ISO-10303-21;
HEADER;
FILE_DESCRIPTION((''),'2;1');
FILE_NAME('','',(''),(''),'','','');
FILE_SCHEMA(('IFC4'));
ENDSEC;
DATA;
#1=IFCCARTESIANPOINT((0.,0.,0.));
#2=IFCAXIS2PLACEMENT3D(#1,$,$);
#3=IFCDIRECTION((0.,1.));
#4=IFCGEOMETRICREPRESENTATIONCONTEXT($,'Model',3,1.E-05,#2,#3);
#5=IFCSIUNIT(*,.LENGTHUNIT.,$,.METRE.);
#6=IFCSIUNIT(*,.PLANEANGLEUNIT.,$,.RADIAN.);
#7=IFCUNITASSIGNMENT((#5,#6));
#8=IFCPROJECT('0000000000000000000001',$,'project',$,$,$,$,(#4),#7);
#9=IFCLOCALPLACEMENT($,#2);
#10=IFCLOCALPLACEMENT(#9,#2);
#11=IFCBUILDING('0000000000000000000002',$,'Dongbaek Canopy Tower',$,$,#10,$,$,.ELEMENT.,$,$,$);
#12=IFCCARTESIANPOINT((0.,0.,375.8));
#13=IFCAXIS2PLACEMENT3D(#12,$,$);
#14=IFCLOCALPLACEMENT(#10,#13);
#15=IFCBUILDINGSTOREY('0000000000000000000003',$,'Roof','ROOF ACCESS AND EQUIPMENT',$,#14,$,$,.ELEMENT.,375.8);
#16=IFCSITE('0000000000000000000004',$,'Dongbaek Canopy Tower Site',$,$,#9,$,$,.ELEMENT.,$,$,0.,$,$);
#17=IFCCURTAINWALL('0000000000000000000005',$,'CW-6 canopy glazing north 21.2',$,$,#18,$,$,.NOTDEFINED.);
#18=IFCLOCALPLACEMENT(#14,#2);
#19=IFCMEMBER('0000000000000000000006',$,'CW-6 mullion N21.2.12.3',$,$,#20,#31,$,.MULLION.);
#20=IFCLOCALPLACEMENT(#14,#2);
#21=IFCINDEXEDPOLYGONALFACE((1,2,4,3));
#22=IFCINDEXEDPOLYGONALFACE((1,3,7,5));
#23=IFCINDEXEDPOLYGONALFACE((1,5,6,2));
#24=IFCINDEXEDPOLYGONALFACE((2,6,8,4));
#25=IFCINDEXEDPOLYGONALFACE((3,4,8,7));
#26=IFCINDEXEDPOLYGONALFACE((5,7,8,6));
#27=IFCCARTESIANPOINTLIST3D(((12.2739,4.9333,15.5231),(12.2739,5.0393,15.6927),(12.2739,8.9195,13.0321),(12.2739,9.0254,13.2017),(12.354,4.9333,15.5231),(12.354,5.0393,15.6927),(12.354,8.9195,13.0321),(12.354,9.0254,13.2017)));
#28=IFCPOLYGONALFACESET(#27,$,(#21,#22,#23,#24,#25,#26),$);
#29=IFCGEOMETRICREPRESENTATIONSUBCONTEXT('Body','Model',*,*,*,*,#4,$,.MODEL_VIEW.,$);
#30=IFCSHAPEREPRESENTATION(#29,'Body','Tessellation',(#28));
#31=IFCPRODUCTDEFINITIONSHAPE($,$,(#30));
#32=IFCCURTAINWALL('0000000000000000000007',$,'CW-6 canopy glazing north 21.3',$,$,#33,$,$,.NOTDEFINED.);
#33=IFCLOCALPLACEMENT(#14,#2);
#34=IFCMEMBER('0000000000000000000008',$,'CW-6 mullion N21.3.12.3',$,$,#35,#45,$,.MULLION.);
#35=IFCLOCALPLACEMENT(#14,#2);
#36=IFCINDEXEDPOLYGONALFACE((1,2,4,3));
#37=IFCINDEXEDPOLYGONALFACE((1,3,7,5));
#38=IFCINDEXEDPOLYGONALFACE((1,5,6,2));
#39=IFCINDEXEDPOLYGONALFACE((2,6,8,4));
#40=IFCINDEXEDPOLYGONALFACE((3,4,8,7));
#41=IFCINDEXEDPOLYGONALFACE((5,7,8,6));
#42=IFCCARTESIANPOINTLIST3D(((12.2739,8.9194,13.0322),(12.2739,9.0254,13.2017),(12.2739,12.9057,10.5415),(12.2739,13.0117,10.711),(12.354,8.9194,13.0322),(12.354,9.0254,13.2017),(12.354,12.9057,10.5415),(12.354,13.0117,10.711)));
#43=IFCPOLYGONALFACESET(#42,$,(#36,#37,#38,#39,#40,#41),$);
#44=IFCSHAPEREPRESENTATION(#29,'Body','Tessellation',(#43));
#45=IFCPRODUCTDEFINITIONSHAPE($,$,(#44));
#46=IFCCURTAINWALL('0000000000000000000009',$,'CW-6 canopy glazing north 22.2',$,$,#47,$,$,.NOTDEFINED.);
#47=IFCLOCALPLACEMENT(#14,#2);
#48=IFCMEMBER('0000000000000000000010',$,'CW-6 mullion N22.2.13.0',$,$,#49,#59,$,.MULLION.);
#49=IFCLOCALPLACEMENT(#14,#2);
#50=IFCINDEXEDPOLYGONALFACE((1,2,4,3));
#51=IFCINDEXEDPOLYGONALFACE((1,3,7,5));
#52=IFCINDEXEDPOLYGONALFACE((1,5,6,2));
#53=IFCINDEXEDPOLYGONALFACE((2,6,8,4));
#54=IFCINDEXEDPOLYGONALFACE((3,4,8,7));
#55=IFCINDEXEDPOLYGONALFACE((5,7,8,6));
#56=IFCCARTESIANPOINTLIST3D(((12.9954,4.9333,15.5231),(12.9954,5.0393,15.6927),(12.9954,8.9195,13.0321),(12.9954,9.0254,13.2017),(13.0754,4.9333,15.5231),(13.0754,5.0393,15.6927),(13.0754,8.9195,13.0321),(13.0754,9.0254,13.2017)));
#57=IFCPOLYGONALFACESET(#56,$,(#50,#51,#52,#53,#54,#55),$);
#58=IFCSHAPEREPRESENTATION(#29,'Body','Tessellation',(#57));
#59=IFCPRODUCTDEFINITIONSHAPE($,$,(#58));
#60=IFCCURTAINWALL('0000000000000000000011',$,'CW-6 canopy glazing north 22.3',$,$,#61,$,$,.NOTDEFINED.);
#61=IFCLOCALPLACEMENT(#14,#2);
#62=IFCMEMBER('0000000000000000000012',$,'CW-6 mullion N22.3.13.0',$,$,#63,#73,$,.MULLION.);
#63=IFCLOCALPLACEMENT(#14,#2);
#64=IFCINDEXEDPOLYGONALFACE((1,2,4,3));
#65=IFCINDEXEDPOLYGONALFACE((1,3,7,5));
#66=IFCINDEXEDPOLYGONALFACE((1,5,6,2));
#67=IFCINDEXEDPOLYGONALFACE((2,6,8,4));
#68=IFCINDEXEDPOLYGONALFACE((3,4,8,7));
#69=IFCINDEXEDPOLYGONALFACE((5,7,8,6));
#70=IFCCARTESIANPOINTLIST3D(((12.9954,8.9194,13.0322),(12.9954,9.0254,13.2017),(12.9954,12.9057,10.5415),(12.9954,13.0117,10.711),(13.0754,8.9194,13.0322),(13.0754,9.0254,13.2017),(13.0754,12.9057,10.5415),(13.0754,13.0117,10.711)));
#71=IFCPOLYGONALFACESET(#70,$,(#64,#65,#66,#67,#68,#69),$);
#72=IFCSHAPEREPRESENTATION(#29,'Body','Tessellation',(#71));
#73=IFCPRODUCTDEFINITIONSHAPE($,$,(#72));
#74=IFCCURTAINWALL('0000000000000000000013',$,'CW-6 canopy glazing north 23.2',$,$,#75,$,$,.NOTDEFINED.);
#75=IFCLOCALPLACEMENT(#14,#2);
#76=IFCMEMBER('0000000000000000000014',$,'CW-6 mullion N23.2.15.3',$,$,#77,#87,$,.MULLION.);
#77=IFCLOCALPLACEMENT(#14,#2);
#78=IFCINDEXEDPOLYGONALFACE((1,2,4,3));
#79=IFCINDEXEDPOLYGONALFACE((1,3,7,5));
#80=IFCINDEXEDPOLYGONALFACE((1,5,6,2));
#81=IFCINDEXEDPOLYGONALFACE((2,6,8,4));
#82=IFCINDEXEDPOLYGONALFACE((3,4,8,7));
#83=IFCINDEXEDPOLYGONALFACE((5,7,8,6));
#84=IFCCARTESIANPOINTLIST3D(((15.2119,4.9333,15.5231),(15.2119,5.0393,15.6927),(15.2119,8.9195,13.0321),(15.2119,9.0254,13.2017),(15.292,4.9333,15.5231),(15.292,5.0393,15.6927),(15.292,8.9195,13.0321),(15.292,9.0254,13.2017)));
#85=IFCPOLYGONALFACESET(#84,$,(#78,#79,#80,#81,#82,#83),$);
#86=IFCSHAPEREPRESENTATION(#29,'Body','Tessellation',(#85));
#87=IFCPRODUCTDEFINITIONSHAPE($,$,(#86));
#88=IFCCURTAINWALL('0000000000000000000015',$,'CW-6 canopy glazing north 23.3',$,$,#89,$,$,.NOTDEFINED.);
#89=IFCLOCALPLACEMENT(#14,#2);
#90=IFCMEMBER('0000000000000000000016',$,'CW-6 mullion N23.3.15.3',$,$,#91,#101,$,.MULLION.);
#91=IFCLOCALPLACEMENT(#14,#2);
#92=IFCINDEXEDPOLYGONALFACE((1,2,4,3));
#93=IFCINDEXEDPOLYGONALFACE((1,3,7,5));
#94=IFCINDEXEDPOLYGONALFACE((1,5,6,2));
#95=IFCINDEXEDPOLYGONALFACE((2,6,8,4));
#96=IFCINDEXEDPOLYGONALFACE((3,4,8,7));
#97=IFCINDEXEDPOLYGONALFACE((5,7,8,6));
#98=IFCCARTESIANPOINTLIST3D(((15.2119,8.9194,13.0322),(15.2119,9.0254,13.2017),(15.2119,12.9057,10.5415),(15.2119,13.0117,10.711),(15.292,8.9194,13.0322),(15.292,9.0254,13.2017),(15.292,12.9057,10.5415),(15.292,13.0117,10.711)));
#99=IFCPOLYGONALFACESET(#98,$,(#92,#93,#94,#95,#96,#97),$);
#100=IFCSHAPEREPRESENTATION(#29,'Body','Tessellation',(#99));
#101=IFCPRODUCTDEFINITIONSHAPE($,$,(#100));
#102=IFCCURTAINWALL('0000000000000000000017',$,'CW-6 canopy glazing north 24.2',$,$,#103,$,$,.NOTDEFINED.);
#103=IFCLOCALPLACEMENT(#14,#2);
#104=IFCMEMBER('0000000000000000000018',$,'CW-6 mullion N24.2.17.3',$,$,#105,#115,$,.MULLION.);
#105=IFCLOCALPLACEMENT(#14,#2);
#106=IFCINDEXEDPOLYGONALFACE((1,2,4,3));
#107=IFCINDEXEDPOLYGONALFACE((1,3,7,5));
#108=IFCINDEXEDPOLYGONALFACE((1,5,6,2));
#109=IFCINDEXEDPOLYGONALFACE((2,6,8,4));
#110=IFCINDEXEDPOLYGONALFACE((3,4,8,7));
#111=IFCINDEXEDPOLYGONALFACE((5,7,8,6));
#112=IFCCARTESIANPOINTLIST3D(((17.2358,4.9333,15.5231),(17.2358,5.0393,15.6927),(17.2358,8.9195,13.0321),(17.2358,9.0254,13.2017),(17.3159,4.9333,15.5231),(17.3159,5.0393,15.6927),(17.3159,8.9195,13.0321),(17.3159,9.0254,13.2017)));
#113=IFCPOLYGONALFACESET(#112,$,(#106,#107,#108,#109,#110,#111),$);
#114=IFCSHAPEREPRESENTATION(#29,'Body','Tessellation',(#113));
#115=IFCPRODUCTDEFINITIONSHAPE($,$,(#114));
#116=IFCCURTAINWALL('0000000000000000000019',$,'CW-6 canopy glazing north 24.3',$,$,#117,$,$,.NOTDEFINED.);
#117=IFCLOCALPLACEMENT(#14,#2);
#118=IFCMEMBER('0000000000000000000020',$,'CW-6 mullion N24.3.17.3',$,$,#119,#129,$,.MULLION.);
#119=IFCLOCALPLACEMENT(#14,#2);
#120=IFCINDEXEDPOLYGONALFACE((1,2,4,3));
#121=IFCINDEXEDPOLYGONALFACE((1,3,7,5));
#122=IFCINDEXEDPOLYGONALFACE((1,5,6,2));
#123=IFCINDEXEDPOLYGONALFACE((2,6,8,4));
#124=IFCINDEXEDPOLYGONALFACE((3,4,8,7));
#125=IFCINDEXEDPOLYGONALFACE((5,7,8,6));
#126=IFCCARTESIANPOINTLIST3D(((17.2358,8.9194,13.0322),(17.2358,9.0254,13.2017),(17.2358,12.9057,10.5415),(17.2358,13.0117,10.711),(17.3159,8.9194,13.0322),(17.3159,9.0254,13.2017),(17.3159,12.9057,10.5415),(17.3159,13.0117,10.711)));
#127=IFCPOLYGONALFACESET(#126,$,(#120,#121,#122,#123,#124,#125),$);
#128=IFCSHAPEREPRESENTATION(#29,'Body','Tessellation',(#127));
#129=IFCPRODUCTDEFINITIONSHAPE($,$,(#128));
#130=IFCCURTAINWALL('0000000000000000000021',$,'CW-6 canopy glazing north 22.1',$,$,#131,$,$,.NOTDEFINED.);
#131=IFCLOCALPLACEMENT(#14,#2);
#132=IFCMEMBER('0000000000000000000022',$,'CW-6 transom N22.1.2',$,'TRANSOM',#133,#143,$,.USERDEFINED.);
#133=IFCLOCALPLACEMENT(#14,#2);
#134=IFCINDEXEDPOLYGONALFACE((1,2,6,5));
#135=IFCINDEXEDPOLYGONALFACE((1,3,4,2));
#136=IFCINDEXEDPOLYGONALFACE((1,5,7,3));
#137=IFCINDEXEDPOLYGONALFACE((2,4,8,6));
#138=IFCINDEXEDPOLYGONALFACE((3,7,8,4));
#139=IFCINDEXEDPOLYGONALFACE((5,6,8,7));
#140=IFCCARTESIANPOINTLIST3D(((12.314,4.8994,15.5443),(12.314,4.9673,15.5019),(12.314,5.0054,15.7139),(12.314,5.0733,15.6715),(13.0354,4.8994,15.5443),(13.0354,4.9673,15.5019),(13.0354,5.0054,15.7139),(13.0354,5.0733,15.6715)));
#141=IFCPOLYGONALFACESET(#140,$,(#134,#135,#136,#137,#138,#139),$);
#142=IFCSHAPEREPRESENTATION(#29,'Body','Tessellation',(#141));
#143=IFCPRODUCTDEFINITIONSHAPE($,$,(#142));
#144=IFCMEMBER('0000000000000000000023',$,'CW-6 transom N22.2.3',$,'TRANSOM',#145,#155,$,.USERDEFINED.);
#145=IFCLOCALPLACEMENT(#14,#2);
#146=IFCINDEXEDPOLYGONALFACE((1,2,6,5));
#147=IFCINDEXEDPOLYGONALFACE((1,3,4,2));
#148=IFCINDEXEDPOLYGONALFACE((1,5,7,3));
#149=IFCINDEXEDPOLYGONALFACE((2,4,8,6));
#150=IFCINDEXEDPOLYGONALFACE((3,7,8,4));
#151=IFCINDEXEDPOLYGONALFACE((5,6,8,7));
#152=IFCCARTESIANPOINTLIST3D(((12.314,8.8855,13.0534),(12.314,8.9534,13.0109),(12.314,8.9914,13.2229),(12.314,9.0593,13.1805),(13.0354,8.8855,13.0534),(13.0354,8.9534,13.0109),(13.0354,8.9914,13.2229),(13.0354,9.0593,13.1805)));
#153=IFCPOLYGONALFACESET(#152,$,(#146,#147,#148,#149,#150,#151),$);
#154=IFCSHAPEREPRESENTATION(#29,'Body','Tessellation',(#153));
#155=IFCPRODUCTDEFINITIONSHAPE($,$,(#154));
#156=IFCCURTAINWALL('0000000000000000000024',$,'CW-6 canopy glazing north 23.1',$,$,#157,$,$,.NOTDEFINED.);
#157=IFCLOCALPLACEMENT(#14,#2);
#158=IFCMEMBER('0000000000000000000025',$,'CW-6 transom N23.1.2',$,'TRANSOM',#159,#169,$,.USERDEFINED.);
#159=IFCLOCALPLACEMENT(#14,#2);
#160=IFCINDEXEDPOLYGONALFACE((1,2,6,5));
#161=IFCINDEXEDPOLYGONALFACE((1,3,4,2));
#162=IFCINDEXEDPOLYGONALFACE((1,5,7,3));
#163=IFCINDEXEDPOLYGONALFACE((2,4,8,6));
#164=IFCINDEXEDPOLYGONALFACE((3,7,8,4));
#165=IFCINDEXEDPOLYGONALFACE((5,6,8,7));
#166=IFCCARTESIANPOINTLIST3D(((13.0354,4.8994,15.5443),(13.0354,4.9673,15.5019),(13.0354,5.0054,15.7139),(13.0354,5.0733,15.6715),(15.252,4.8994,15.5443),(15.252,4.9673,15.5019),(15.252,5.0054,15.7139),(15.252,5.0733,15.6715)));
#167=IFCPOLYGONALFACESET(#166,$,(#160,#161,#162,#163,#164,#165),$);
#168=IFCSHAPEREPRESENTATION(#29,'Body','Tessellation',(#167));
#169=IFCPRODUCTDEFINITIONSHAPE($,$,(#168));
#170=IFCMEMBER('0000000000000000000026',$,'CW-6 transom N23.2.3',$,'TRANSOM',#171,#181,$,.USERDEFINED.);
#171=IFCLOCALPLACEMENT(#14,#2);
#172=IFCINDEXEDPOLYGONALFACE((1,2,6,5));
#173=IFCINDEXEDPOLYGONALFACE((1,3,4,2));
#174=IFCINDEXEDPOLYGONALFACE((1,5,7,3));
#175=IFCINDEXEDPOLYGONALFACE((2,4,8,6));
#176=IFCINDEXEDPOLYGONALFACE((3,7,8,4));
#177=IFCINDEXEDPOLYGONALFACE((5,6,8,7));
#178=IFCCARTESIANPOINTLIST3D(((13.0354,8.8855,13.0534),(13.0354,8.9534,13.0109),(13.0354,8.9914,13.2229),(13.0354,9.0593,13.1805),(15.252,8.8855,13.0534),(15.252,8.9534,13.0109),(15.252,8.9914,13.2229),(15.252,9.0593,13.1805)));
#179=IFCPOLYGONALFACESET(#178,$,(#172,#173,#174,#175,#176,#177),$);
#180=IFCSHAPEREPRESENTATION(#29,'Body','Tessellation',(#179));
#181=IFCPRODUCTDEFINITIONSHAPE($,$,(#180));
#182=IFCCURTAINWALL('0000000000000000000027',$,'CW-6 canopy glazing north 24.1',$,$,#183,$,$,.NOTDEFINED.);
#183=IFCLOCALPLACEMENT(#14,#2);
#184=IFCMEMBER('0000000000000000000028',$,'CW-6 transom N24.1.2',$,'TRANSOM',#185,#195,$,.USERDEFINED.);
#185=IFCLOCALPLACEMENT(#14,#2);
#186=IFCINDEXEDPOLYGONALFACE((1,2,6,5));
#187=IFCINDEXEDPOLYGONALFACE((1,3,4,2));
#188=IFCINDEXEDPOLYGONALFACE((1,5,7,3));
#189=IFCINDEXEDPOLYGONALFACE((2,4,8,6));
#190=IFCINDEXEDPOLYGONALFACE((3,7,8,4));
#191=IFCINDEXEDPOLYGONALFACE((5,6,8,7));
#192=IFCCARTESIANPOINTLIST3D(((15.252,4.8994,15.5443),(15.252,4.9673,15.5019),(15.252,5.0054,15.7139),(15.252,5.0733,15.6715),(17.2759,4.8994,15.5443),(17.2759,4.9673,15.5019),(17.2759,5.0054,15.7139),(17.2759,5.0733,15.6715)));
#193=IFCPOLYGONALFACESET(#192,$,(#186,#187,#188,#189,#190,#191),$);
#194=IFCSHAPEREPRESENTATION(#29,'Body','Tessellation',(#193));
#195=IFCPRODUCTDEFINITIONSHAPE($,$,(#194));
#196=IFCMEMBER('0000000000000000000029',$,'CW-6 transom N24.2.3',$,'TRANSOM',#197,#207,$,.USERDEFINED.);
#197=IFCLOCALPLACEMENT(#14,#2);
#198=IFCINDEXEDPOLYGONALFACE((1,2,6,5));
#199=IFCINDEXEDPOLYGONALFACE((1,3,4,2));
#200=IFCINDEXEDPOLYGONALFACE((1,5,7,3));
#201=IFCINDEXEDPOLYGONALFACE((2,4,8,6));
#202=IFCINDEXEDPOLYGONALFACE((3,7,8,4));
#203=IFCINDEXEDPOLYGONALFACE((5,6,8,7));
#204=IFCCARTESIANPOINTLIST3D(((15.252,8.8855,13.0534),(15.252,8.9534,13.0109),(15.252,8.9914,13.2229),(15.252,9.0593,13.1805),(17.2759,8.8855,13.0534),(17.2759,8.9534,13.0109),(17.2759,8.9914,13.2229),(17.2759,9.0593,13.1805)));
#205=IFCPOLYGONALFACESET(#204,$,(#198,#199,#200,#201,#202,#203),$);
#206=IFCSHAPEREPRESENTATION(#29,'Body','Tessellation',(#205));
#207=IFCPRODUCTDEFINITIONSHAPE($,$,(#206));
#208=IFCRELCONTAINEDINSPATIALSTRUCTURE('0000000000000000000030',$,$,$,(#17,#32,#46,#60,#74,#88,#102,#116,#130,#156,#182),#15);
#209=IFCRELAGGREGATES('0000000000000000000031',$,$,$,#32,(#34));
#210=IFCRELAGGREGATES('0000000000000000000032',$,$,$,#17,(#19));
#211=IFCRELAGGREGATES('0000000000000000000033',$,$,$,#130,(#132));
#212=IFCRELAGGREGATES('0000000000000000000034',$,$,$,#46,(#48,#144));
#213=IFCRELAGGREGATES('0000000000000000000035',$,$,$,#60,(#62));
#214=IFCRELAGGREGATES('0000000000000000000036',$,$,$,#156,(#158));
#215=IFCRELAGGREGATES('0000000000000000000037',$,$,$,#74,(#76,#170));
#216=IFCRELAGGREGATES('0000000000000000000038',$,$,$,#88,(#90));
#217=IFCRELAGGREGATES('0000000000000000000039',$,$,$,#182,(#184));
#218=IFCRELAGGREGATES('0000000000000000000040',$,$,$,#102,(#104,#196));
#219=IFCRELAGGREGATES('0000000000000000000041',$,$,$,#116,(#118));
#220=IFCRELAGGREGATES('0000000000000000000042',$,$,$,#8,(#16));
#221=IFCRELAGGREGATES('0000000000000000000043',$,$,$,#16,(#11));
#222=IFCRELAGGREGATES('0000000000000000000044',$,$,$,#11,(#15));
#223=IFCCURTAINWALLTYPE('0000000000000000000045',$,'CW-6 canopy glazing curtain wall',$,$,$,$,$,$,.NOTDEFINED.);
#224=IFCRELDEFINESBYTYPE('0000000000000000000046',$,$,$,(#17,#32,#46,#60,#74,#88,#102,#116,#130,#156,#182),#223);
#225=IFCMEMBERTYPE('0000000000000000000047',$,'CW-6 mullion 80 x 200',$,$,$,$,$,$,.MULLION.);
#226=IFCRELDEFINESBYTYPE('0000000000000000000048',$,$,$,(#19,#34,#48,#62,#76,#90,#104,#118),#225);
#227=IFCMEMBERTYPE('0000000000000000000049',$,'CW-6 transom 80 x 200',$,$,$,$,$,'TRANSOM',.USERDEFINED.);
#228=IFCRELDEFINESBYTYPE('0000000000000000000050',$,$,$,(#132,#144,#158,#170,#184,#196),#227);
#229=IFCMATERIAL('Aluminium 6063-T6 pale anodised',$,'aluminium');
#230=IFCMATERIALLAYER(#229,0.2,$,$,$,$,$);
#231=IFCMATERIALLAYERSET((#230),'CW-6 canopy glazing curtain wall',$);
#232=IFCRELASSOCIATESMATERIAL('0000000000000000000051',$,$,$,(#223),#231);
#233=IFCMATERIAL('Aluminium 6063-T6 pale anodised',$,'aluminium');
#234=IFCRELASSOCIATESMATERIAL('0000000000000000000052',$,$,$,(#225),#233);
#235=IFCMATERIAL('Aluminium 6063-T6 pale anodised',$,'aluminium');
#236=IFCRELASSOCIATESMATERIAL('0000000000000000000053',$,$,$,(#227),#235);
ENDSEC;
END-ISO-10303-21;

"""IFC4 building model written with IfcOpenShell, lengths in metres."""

from ifc_helpers import new_model, si_unit, direction, frame, origin, origin_2d, place, context, subcontext, project, spatial, rectangle, extrude, material, layer, layer_set, material_profile, profile_set, type_object, element, aggregate, save


model = new_model("IFC4")

# Units and contexts
model_context = context("Model", 3, precision=1e-05, world=origin(), true_north=direction((0.0, 1.0)))
body_context = subcontext(model_context, "Body", "Model", "MODEL_VIEW")
ifc_project = project(units=[si_unit("LENGTHUNIT", "METRE"), si_unit("PLANEANGLEUNIT", "RADIAN")], contexts=[model_context])

# Site, building, storey
site_placement = place(None, origin())
site = spatial("IfcSite", under=ifc_project, at=site_placement, Name="Dongbaek Canopy Tower Site", CompositionType="ELEMENT", RefElevation=0.0)
building_placement = place(site_placement, origin())
building = spatial("IfcBuilding", under=site, at=building_placement, Name="Dongbaek Canopy Tower", CompositionType="ELEMENT")
storey_placement = place(building_placement, frame((0.0, 0.0, 375.8)))
storey = spatial("IfcBuildingStorey", under=building, at=storey_placement, Name="Roof", Description="ROOF ACCESS AND EQUIPMENT", CompositionType="ELEMENT", Elevation=375.8)

# Curtain walls, members
ifc_material_1 = material(Name="Aluminium 6063-T6 pale anodised", Category="aluminium")
ifc_layer_1 = layer(ifc_material_1, 0.2)
ifc_layer_set_1 = layer_set([ifc_layer_1], Name="CW-6 canopy glazing curtain wall")
curtain_wall_type = type_object("IfcCurtainWallType", Name="CW-6 canopy glazing curtain wall", PredefinedType="NOTDEFINED", material=ifc_layer_set_1)
curtain_wall_1_placement = place(storey_placement, origin())
curtain_wall_1 = element("IfcCurtainWall", 1, at=curtain_wall_1_placement, inside=storey, type_object=curtain_wall_type, Name="CW-6 canopy glazing north 21.2", PredefinedType="NOTDEFINED")
ifc_material_2 = material(Name="Aluminium 6063-T6 pale anodised", Category="aluminium")
ifc_material_profile_1 = material_profile(ifc_material_2, rectangle(XDim=0.0801, YDim=0.2, at=origin_2d()), Name="CW-6 mullion 80 x 200")
ifc_profile_set_1 = profile_set([ifc_material_profile_1], Name="Aluminium 6063-T6 pale anodised")
member_type_1 = type_object("IfcMemberType", Name="CW-6 mullion 80 x 200", PredefinedType="MULLION", material=ifc_profile_set_1)
member_1_placement = place(storey_placement, frame((12.314, 4.9863, 15.6079), z_axis=(0.0, 0.84803, -0.529948), x_axis=(-1.0, 0.0, 0.0)))
member_1 = element("IfcMember", 2, at=member_1_placement, type_object=member_type_1, Name="CW-6 mullion N21.2.12.3", PredefinedType="MULLION", context=body_context, shape_type="SweptSolid", body=[
    extrude(rectangle(XDim=0.0801, YDim=0.2, at=origin_2d()), origin(), (0.0, 0.0, 1.0), 4.7004),
])
curtain_wall_2_placement = place(storey_placement, origin())
curtain_wall_2 = element("IfcCurtainWall", 3, at=curtain_wall_2_placement, inside=storey, type_object=curtain_wall_type, Name="CW-6 canopy glazing north 21.3", PredefinedType="NOTDEFINED")
member_2_placement = place(storey_placement, frame((12.314, 8.9724, 13.1169), z_axis=(0.0, 0.848068, -0.529887), x_axis=(-1.0, 0.0, 0.0)))
member_2 = element("IfcMember", 4, at=member_2_placement, type_object=member_type_1, Name="CW-6 mullion N21.3.12.3", PredefinedType="MULLION", context=body_context, shape_type="SweptSolid", body=[
    extrude(rectangle(XDim=0.0801, YDim=0.2, at=origin_2d()), origin(), (0.0, 0.0, 1.0), 4.7004),
])
aggregate(curtain_wall_2, [member_2])
curtain_wall_3_placement = place(storey_placement, origin())
curtain_wall_3 = element("IfcCurtainWall", 5, at=curtain_wall_3_placement, inside=storey, type_object=curtain_wall_type, Name="CW-6 canopy glazing north 22.2", PredefinedType="NOTDEFINED")
member_3_placement = place(storey_placement, frame((13.0354, 4.9863, 15.6079), z_axis=(0.0, 0.84803, -0.529948), x_axis=(-1.0, 0.0, 0.0)))
member_3 = element("IfcMember", 6, at=member_3_placement, type_object=member_type_1, Name="CW-6 mullion N22.2.13.0", PredefinedType="MULLION", context=body_context, shape_type="SweptSolid", body=[
    extrude(rectangle(XDim=0.0801, YDim=0.2, at=origin_2d()), origin(), (0.0, 0.0, 1.0), 4.7004),
])
curtain_wall_4_placement = place(storey_placement, origin())
curtain_wall_4 = element("IfcCurtainWall", 7, at=curtain_wall_4_placement, inside=storey, type_object=curtain_wall_type, Name="CW-6 canopy glazing north 22.3", PredefinedType="NOTDEFINED")
member_4_placement = place(storey_placement, frame((13.0354, 8.9724, 13.1169), z_axis=(0.0, 0.848068, -0.529887), x_axis=(-1.0, 0.0, 0.0)))
member_4 = element("IfcMember", 8, at=member_4_placement, type_object=member_type_1, Name="CW-6 mullion N22.3.13.0", PredefinedType="MULLION", context=body_context, shape_type="SweptSolid", body=[
    extrude(rectangle(XDim=0.0801, YDim=0.2, at=origin_2d()), origin(), (0.0, 0.0, 1.0), 4.7004),
])
curtain_wall_5_placement = place(storey_placement, origin())
curtain_wall_5 = element("IfcCurtainWall", 9, at=curtain_wall_5_placement, inside=storey, type_object=curtain_wall_type, Name="CW-6 canopy glazing north 23.2", PredefinedType="NOTDEFINED")
member_5_placement = place(storey_placement, frame((15.252, 4.9863, 15.6079), z_axis=(0.0, 0.84803, -0.529948), x_axis=(-1.0, 0.0, 0.0)))
member_5 = element("IfcMember", 10, at=member_5_placement, type_object=member_type_1, Name="CW-6 mullion N23.2.15.3", PredefinedType="MULLION", context=body_context, shape_type="SweptSolid", body=[
    extrude(rectangle(XDim=0.0801, YDim=0.2, at=origin_2d()), origin(), (0.0, 0.0, 1.0), 4.7004),
])
curtain_wall_6_placement = place(storey_placement, origin())
curtain_wall_6 = element("IfcCurtainWall", 11, at=curtain_wall_6_placement, inside=storey, type_object=curtain_wall_type, Name="CW-6 canopy glazing north 23.3", PredefinedType="NOTDEFINED")
member_6_placement = place(storey_placement, frame((15.252, 8.9724, 13.1169), z_axis=(0.0, 0.848068, -0.529887), x_axis=(-1.0, 0.0, 0.0)))
member_6 = element("IfcMember", 12, at=member_6_placement, type_object=member_type_1, Name="CW-6 mullion N23.3.15.3", PredefinedType="MULLION", context=body_context, shape_type="SweptSolid", body=[
    extrude(rectangle(XDim=0.0801, YDim=0.2, at=origin_2d()), origin(), (0.0, 0.0, 1.0), 4.7004),
])
curtain_wall_7_placement = place(storey_placement, origin())
curtain_wall_7 = element("IfcCurtainWall", 13, at=curtain_wall_7_placement, inside=storey, type_object=curtain_wall_type, Name="CW-6 canopy glazing north 24.2", PredefinedType="NOTDEFINED")
member_7_placement = place(storey_placement, frame((17.2759, 4.9863, 15.6079), z_axis=(0.0, 0.84803, -0.529948), x_axis=(-1.0, 0.0, 0.0)))
member_7 = element("IfcMember", 14, at=member_7_placement, type_object=member_type_1, Name="CW-6 mullion N24.2.17.3", PredefinedType="MULLION", context=body_context, shape_type="SweptSolid", body=[
    extrude(rectangle(XDim=0.0801, YDim=0.2, at=origin_2d()), origin(), (0.0, 0.0, 1.0), 4.7004),
])
curtain_wall_8_placement = place(storey_placement, origin())
curtain_wall_8 = element("IfcCurtainWall", 15, at=curtain_wall_8_placement, inside=storey, type_object=curtain_wall_type, Name="CW-6 canopy glazing north 24.3", PredefinedType="NOTDEFINED")
member_8_placement = place(storey_placement, frame((17.2759, 8.9724, 13.1169), z_axis=(0.0, 0.848068, -0.529887), x_axis=(-1.0, 0.0, 0.0)))
member_8 = element("IfcMember", 16, at=member_8_placement, type_object=member_type_1, Name="CW-6 mullion N24.3.17.3", PredefinedType="MULLION", context=body_context, shape_type="SweptSolid", body=[
    extrude(rectangle(XDim=0.0801, YDim=0.2, at=origin_2d()), origin(), (0.0, 0.0, 1.0), 4.7004),
])
curtain_wall_9_placement = place(storey_placement, origin())
curtain_wall_9 = element("IfcCurtainWall", 17, at=curtain_wall_9_placement, inside=storey, type_object=curtain_wall_type, Name="CW-6 canopy glazing north 22.1", PredefinedType="NOTDEFINED")
ifc_material_3 = material(Name="Aluminium 6063-T6 pale anodised", Category="aluminium")
ifc_material_profile_2 = material_profile(ifc_material_3, rectangle(XDim=0.0801, YDim=0.2, at=origin_2d()), Name="CW-6 transom 80 x 200")
ifc_profile_set_2 = profile_set([ifc_material_profile_2], Name="Aluminium 6063-T6 pale anodised")
member_type_2 = type_object("IfcMemberType", Name="CW-6 transom 80 x 200", ElementType="TRANSOM", PredefinedType="USERDEFINED", material=ifc_profile_set_2)
member_9_placement = place(storey_placement, frame((12.314, 4.9863, 15.6079), z_axis=(1.0, 0.0, 0.0), x_axis=(0.0, 0.848048, -0.529919)))
member_9 = element("IfcMember", 18, at=member_9_placement, type_object=member_type_2, Name="CW-6 transom N22.1.2", ObjectType="TRANSOM", PredefinedType="USERDEFINED", context=body_context, shape_type="SweptSolid", body=[
    extrude(rectangle(XDim=0.0801, YDim=0.2, at=origin_2d()), origin(), (0.0, 0.0, 1.0), 0.7214),
])

# Member
member_10_placement = place(storey_placement, frame((12.314, 8.9724, 13.1169), z_axis=(1.0, 0.0, 0.0), x_axis=(0.0, 0.848048, -0.529919)))
member_10 = element("IfcMember", 19, at=member_10_placement, type_object=member_type_2, Name="CW-6 transom N22.2.3", ObjectType="TRANSOM", PredefinedType="USERDEFINED", context=body_context, shape_type="SweptSolid", body=[
    extrude(rectangle(XDim=0.0801, YDim=0.2, at=origin_2d()), origin(), (0.0, 0.0, 1.0), 0.7214),
])

# Curtain wall, member
curtain_wall_10_placement = place(storey_placement, origin())
curtain_wall_10 = element("IfcCurtainWall", 20, at=curtain_wall_10_placement, inside=storey, type_object=curtain_wall_type, Name="CW-6 canopy glazing north 23.1", PredefinedType="NOTDEFINED")
member_11_placement = place(storey_placement, frame((13.0354, 4.9863, 15.6079), z_axis=(1.0, 0.0, 0.0), x_axis=(0.0, 0.848048, -0.529919)))
member_11 = element("IfcMember", 21, at=member_11_placement, type_object=member_type_2, Name="CW-6 transom N23.1.2", ObjectType="TRANSOM", PredefinedType="USERDEFINED", context=body_context, shape_type="SweptSolid", body=[
    extrude(rectangle(XDim=0.0801, YDim=0.2, at=origin_2d()), origin(), (0.0, 0.0, 1.0), 2.2166),
])

# Member
member_12_placement = place(storey_placement, frame((13.0354, 8.9724, 13.1169), z_axis=(1.0, 0.0, 0.0), x_axis=(0.0, 0.848048, -0.529919)))
member_12 = element("IfcMember", 22, at=member_12_placement, type_object=member_type_2, Name="CW-6 transom N23.2.3", ObjectType="TRANSOM", PredefinedType="USERDEFINED", context=body_context, shape_type="SweptSolid", body=[
    extrude(rectangle(XDim=0.0801, YDim=0.2, at=origin_2d()), origin(), (0.0, 0.0, 1.0), 2.2166),
])

# Curtain wall, member
curtain_wall_11_placement = place(storey_placement, origin())
curtain_wall_11 = element("IfcCurtainWall", 23, at=curtain_wall_11_placement, inside=storey, type_object=curtain_wall_type, Name="CW-6 canopy glazing north 24.1", PredefinedType="NOTDEFINED")
member_13_placement = place(storey_placement, frame((15.252, 4.9863, 15.6079), z_axis=(1.0, 0.0, 0.0), x_axis=(0.0, 0.848048, -0.529919)))
member_13 = element("IfcMember", 24, at=member_13_placement, type_object=member_type_2, Name="CW-6 transom N24.1.2", ObjectType="TRANSOM", PredefinedType="USERDEFINED", context=body_context, shape_type="SweptSolid", body=[
    extrude(rectangle(XDim=0.0801, YDim=0.2, at=origin_2d()), origin(), (0.0, 0.0, 1.0), 2.0239),
])

# Member
member_14_placement = place(storey_placement, frame((15.252, 8.9724, 13.1169), z_axis=(1.0, 0.0, 0.0), x_axis=(0.0, 0.848048, -0.529919)))
member_14 = element("IfcMember", 25, at=member_14_placement, type_object=member_type_2, Name="CW-6 transom N24.2.3", ObjectType="TRANSOM", PredefinedType="USERDEFINED", context=body_context, shape_type="SweptSolid", body=[
    extrude(rectangle(XDim=0.0801, YDim=0.2, at=origin_2d()), origin(), (0.0, 0.0, 1.0), 2.0239),
])

aggregate(curtain_wall_1, [member_1])
aggregate(curtain_wall_9, [member_9])
aggregate(curtain_wall_3, [member_3, member_10])
aggregate(curtain_wall_4, [member_4])
aggregate(curtain_wall_10, [member_11])
aggregate(curtain_wall_5, [member_5, member_12])
aggregate(curtain_wall_6, [member_6])
aggregate(curtain_wall_11, [member_13])
aggregate(curtain_wall_7, [member_7, member_14])
aggregate(curtain_wall_8, [member_8])

save(model, "model.ifc")
